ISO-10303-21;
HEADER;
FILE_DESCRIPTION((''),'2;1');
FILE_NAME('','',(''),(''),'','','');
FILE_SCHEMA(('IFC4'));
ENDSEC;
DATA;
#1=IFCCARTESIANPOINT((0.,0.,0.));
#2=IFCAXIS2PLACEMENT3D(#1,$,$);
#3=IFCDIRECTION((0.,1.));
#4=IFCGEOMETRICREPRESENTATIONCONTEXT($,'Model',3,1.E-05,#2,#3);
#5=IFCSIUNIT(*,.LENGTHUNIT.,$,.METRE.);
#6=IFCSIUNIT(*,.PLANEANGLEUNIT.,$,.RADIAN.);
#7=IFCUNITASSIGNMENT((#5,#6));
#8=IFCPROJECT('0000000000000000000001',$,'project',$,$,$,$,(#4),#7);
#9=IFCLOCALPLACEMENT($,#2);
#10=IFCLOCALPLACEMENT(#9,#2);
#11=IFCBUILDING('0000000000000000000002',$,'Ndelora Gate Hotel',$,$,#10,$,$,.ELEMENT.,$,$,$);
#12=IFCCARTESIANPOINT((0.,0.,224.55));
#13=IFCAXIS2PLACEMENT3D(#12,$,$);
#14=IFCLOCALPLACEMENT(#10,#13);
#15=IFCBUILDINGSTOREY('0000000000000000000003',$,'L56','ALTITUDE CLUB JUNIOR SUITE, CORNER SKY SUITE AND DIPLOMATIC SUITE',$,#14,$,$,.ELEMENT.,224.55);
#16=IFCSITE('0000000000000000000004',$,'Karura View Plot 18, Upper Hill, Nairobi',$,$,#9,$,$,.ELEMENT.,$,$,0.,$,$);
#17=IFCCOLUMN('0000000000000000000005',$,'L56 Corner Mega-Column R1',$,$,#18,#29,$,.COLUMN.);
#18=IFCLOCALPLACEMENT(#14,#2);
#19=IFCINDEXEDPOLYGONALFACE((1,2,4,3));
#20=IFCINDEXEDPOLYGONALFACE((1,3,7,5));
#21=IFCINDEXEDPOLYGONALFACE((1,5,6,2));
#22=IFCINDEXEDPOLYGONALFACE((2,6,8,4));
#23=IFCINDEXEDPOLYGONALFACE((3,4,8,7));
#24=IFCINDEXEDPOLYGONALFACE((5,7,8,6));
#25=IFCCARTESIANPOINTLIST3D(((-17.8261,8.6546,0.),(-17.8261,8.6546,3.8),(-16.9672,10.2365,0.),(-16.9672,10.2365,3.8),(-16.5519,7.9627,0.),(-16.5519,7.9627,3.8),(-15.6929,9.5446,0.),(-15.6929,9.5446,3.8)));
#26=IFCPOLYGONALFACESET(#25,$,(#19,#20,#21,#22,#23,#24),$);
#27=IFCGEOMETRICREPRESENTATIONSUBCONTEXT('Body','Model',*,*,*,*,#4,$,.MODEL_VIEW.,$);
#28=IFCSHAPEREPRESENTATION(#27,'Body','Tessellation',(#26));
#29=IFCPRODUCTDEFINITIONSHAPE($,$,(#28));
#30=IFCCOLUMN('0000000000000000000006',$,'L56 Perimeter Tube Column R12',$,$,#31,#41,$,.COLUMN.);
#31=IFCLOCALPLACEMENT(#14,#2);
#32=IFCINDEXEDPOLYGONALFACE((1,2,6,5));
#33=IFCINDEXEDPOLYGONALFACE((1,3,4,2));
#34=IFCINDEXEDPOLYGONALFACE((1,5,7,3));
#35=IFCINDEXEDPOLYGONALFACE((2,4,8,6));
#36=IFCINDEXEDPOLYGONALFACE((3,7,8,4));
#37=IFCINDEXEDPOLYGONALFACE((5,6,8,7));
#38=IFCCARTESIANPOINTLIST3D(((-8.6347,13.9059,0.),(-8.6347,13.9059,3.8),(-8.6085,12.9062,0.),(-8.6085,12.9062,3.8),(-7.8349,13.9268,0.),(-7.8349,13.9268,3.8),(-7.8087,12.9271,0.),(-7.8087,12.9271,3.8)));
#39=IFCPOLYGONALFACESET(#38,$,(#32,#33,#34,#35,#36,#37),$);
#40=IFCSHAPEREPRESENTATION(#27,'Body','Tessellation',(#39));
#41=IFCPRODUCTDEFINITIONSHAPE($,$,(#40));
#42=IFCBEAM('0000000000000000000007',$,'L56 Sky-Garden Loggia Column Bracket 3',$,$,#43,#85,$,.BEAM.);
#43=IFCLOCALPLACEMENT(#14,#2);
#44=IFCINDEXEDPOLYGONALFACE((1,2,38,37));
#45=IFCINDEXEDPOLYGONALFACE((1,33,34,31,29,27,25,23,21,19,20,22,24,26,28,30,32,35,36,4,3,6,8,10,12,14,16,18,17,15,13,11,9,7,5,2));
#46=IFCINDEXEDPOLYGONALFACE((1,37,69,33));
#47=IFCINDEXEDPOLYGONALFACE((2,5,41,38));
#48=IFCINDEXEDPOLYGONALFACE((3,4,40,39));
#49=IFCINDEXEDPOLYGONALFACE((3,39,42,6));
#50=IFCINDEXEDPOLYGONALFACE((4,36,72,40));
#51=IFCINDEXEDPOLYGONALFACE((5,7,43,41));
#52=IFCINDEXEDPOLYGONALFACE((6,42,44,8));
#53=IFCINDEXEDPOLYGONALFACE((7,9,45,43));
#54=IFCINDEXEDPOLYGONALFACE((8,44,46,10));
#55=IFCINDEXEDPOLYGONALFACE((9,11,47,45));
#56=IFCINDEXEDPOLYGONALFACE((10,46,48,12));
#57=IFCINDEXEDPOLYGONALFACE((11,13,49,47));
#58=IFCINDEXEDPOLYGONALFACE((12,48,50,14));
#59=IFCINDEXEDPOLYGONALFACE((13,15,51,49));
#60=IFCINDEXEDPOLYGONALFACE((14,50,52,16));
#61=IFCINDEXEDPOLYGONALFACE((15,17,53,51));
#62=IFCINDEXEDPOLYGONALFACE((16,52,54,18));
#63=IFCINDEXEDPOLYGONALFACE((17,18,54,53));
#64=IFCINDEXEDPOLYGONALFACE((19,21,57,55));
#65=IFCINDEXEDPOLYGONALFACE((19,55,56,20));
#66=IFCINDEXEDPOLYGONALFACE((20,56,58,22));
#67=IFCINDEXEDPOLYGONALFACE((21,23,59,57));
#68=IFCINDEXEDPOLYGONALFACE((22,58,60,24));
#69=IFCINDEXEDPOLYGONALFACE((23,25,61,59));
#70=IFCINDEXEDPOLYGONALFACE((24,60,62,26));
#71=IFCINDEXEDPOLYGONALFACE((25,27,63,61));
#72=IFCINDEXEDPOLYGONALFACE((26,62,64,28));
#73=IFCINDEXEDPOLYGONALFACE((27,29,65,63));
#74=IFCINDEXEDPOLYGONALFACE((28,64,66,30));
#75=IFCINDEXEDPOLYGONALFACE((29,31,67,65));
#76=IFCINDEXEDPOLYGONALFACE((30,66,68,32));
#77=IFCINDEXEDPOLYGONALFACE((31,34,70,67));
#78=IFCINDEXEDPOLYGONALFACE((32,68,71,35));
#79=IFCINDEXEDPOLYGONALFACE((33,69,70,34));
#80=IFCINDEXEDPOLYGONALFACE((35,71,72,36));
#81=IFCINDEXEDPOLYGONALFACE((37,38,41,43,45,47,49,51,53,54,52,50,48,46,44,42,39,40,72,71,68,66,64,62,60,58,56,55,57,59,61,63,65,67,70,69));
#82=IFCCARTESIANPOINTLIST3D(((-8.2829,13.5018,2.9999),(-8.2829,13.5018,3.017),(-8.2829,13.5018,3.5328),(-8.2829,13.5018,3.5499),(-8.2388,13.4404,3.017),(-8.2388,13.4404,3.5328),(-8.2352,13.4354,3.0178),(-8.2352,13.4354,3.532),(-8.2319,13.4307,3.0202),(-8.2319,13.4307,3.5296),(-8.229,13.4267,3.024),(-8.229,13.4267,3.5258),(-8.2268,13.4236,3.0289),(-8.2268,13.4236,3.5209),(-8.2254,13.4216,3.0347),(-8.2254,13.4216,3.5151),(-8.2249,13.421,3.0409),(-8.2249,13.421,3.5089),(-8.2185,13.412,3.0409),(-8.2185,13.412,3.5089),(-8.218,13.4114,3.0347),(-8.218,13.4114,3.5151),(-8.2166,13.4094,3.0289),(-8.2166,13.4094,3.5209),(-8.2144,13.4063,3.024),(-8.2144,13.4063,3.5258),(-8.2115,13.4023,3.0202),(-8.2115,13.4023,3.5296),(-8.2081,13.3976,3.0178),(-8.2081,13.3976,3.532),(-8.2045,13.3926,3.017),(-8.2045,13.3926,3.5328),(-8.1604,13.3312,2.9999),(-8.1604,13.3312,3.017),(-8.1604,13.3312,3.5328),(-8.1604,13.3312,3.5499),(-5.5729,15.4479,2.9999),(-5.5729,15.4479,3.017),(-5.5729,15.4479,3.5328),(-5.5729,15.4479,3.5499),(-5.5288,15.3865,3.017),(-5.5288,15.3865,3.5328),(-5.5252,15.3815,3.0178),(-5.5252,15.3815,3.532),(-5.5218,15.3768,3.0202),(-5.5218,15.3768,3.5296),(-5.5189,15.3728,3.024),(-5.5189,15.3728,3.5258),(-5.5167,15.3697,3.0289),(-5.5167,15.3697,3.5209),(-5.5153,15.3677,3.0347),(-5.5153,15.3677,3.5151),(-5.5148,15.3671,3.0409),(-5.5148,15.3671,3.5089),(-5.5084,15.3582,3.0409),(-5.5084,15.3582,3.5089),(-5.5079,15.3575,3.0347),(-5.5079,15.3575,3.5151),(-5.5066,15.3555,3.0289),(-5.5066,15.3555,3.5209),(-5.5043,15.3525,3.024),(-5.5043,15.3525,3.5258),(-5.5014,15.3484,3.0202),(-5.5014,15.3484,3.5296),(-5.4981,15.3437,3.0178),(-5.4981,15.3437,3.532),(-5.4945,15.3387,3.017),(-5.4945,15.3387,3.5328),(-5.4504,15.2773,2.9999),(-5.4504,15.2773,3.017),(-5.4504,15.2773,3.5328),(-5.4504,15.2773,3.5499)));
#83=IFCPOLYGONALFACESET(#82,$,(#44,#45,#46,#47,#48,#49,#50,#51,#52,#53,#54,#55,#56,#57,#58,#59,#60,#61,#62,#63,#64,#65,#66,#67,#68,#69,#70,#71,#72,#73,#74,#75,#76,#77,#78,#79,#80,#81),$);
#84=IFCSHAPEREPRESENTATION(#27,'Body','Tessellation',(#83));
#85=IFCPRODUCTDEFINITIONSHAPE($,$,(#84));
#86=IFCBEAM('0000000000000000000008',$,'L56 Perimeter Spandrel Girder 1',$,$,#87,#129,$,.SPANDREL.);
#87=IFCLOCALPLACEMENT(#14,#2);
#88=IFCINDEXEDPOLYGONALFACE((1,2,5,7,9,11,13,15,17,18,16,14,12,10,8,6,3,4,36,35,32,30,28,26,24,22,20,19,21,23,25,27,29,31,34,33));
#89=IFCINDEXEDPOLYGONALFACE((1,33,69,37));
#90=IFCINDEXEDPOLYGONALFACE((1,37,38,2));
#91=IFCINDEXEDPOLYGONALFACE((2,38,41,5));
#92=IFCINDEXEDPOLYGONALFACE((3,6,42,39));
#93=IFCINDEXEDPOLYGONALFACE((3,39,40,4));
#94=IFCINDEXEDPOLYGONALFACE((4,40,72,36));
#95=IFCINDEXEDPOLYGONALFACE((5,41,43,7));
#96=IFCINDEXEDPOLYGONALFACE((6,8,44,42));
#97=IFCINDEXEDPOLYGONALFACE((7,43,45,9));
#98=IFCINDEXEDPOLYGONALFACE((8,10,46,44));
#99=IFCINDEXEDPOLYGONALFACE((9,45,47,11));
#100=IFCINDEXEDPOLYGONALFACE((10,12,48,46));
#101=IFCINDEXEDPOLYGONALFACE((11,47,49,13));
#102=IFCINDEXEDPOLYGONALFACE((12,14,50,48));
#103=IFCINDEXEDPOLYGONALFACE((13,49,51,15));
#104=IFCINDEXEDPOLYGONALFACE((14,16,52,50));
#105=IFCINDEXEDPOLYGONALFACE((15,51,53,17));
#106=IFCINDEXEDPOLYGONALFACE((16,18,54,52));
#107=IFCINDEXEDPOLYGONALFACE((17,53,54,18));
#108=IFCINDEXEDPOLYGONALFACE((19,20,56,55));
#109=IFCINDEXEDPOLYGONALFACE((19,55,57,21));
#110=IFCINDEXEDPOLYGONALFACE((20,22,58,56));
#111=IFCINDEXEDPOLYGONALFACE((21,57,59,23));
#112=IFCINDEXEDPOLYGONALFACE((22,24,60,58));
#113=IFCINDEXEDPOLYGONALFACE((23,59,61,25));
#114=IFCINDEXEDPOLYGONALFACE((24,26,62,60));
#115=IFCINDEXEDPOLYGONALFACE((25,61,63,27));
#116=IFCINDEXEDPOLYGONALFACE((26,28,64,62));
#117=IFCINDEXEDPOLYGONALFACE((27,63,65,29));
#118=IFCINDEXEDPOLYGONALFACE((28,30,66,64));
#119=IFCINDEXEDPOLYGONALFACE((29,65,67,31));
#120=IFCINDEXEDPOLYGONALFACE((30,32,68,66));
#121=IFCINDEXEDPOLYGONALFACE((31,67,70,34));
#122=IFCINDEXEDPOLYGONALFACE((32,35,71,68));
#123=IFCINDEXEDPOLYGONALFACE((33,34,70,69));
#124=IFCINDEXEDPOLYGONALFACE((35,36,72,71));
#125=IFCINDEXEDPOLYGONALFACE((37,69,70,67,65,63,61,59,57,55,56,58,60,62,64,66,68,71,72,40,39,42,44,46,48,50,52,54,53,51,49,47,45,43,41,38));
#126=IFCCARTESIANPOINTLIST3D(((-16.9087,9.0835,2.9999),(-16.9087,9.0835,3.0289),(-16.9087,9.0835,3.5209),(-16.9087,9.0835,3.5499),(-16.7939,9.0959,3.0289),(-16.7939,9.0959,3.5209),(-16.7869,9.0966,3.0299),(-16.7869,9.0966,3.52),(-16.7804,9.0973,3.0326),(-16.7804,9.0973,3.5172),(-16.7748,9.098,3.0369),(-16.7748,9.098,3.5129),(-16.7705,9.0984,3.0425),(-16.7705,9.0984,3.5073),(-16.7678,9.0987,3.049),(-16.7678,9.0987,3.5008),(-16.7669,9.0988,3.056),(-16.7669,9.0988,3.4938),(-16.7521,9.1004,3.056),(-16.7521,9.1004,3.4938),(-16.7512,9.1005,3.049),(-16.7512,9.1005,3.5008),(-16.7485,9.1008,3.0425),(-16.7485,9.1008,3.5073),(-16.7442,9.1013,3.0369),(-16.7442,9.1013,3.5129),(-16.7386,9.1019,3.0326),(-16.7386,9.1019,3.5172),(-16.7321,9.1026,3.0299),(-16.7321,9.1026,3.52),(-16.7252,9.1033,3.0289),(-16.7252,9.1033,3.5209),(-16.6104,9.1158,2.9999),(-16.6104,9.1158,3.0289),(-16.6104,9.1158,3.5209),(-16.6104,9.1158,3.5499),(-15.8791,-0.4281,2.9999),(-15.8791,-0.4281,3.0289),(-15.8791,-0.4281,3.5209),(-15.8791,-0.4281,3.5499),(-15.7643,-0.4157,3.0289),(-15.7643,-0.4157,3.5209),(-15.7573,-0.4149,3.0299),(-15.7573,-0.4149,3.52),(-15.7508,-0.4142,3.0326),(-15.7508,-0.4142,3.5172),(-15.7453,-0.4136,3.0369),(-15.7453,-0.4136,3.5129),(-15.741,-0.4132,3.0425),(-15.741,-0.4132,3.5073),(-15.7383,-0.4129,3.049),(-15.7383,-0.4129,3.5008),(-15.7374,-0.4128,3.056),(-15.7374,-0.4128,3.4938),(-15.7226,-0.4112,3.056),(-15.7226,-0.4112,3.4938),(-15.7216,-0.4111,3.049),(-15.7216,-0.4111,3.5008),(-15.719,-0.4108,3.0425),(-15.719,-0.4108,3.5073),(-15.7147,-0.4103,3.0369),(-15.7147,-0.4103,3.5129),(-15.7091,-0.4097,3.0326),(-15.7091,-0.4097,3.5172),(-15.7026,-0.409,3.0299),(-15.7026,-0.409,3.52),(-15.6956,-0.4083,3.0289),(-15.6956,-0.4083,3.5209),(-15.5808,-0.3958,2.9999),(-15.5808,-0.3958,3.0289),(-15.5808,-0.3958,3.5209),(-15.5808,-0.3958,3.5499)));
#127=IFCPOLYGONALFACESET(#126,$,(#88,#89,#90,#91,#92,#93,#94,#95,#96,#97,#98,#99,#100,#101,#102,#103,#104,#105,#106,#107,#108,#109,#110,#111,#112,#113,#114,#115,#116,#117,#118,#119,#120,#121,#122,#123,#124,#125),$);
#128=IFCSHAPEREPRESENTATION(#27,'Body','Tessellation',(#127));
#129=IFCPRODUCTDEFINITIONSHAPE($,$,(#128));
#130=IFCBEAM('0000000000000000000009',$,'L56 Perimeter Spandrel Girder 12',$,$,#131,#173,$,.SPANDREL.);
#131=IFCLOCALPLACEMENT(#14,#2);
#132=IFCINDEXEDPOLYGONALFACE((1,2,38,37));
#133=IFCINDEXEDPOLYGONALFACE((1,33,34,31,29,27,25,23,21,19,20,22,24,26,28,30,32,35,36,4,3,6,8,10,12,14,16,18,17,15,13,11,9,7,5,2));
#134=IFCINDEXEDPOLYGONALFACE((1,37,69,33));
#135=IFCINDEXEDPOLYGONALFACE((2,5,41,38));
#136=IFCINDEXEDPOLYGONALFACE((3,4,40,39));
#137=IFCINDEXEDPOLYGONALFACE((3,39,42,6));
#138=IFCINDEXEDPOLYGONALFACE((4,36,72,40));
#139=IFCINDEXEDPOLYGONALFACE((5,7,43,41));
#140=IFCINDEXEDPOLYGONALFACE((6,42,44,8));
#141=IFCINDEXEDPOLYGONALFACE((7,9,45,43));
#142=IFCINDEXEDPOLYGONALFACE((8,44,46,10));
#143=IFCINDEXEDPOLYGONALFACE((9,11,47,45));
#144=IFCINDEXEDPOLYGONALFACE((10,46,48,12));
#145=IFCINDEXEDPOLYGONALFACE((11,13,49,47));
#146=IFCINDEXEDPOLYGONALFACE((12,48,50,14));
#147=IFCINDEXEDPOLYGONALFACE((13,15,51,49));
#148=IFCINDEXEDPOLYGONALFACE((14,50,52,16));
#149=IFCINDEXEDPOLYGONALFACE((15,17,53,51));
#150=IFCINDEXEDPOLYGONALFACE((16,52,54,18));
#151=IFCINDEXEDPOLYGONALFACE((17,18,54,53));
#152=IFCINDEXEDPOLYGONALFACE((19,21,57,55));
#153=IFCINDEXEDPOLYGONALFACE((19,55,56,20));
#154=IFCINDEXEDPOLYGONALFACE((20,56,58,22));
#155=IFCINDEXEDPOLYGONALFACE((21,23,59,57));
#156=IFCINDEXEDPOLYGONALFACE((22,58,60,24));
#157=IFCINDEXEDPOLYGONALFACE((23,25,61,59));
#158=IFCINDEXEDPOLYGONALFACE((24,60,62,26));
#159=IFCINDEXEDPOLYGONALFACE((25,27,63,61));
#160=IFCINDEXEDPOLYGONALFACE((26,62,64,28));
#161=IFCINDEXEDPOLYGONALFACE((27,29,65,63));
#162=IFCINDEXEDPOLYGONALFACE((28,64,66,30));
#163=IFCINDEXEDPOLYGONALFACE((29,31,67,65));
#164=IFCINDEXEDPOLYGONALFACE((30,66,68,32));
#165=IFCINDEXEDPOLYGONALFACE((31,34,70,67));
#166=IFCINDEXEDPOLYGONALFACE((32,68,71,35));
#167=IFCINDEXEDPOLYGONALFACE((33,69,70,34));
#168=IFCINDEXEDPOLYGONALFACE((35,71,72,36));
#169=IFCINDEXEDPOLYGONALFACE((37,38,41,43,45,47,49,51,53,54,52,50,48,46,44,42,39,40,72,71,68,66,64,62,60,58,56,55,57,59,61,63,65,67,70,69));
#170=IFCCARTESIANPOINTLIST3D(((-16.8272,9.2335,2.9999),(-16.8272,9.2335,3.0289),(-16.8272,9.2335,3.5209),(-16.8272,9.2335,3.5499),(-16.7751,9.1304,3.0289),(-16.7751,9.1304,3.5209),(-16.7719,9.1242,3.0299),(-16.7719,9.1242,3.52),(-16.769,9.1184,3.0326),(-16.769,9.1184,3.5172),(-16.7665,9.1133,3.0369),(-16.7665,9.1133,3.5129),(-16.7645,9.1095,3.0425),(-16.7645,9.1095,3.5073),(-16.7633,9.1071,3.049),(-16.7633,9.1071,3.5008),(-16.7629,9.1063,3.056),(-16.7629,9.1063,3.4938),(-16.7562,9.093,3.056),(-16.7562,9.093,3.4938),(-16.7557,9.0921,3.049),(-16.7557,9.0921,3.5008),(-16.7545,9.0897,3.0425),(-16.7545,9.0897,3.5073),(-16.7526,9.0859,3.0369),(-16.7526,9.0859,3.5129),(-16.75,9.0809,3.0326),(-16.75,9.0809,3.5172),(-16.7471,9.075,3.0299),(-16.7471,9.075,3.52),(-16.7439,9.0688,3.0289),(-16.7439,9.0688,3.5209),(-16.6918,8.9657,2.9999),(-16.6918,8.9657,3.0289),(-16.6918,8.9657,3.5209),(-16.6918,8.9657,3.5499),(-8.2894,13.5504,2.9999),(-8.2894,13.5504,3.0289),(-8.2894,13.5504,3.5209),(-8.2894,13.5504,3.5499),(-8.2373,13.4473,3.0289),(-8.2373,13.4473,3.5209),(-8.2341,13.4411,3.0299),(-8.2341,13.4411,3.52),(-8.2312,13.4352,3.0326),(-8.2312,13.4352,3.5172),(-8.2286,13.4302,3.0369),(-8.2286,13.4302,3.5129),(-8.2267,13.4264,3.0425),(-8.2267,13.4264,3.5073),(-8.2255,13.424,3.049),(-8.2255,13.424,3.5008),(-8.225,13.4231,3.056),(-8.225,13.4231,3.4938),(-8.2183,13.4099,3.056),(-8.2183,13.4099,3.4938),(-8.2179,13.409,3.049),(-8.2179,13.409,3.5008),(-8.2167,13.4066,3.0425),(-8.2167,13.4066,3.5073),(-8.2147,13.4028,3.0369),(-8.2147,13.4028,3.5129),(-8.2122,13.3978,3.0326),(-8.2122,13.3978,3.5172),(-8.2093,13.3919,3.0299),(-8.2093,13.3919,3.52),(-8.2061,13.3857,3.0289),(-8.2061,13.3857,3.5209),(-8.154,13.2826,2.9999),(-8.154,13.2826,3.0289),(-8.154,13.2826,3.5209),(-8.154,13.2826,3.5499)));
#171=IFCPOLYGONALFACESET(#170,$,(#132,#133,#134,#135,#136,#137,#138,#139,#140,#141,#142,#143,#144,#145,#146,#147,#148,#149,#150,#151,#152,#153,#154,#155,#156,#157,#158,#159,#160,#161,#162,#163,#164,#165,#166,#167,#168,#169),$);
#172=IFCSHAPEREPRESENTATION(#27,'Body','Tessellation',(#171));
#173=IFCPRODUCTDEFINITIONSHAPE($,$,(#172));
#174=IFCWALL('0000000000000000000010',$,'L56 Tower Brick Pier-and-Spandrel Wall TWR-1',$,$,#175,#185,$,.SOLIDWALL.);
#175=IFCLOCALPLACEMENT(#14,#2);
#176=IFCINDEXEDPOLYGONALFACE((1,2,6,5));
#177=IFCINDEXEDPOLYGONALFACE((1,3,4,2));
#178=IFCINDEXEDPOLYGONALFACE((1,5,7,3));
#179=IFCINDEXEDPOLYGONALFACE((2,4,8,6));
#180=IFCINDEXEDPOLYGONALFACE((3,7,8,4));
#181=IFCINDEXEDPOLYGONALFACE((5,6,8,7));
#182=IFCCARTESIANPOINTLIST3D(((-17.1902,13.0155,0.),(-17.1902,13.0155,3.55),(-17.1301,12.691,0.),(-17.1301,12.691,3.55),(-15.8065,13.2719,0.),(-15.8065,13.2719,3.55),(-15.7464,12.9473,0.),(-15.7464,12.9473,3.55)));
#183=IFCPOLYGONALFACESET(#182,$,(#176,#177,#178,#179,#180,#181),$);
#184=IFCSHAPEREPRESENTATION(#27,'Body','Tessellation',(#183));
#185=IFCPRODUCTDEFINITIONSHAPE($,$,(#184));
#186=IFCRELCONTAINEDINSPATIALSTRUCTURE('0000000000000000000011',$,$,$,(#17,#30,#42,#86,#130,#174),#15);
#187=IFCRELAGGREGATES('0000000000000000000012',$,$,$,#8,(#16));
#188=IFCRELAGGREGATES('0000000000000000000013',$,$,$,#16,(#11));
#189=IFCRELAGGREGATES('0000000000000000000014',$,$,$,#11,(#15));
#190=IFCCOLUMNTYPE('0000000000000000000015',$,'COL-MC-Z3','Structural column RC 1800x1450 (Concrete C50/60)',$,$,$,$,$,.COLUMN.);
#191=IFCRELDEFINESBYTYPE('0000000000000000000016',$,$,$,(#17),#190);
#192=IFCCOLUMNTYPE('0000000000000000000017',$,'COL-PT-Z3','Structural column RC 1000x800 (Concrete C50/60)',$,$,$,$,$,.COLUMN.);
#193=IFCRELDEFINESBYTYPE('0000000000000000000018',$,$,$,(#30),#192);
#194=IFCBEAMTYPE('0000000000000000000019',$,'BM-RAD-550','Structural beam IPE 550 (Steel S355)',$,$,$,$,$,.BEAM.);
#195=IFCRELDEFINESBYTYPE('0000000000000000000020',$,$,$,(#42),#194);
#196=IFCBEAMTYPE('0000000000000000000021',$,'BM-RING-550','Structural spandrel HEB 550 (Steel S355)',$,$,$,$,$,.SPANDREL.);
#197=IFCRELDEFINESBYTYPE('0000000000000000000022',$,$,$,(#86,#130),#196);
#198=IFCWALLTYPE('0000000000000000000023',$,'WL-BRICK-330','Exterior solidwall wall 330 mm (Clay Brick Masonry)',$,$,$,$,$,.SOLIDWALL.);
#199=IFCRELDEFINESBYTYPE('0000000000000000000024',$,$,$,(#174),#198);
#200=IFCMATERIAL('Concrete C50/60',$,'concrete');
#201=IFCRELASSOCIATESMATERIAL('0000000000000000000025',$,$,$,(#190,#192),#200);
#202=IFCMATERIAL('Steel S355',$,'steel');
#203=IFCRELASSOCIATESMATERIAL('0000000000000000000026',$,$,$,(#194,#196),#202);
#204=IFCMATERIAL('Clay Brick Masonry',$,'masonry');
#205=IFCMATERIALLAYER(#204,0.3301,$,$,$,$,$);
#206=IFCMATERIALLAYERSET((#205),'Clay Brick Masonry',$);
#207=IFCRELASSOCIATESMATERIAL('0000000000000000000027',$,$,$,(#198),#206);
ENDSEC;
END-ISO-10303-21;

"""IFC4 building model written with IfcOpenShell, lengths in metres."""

from ifc_helpers import new_model, si_unit, direction, frame, frame_2d, origin, origin_2d, place, context, subcontext, project, spatial, rectangle, i_section, extrude, material, layer, layer_set, material_profile, profile_set, type_object, element, save


model = new_model("IFC4")

# Units and contexts
model_context = context("Model", 3, precision=1e-05, world=origin(), true_north=direction((0.0, 1.0)))
body_context = subcontext(model_context, "Body", "Model", "MODEL_VIEW")
ifc_project = project(units=[si_unit("LENGTHUNIT", "METRE"), si_unit("PLANEANGLEUNIT", "RADIAN")], contexts=[model_context])

# Site, building, storey
site_placement = place(None, origin())
site = spatial("IfcSite", under=ifc_project, at=site_placement, Name="Karura View Plot 18, Upper Hill, Nairobi", CompositionType="ELEMENT", RefElevation=0.0)
building_placement = place(site_placement, origin())
building = spatial("IfcBuilding", under=site, at=building_placement, Name="Ndelora Gate Hotel", CompositionType="ELEMENT")
storey_placement = place(building_placement, frame((0.0, 0.0, 224.55)))
storey = spatial("IfcBuildingStorey", under=building, at=storey_placement, Name="L56", Description="ALTITUDE CLUB JUNIOR SUITE, CORNER SKY SUITE AND DIPLOMATIC SUITE", CompositionType="ELEMENT", Elevation=224.55)

# Columns
ifc_material_1 = material(Name="Concrete C50/60", Category="concrete")
ifc_material_profile_1 = material_profile(ifc_material_1, rectangle(XDim=1.45, YDim=1.8, at=origin_2d()), Name="RC 1800x1450")
ifc_profile_set_1 = profile_set([ifc_material_profile_1], Name="Concrete C50/60")
column_type_1 = type_object("IfcColumnType", Name="COL-MC-Z3", Description="Structural column RC 1800x1450 (Concrete C50/60)", PredefinedType="COLUMN", material=ifc_profile_set_1)
column_1_placement = place(storey_placement, frame((-16.7595, 9.0996, 0.0), z_axis=(0.0, 0.0, 1.0), x_axis=(-0.878817, 0.477159, 0.0)))
element("IfcColumn", 1, at=column_1_placement, inside=storey, type_object=column_type_1, Name="L56 Corner Mega-Column R1", PredefinedType="COLUMN", context=body_context, shape_type="SweptSolid", body=[
    extrude(rectangle(XDim=1.45, YDim=1.8, at=origin_2d()), origin(), (0.0, 0.0, 1.0), 3.8),
])
ifc_material_profile_2 = material_profile(ifc_material_1, rectangle(XDim=0.8, YDim=1.0, at=origin_2d()), Name="RC 1000x800")
ifc_profile_set_2 = profile_set([ifc_material_profile_2], Name="Concrete C50/60")
column_type_2 = type_object("IfcColumnType", Name="COL-PT-Z3", Description="Structural column RC 1000x800 (Concrete C50/60)", PredefinedType="COLUMN", material=ifc_profile_set_2)
column_2_placement = place(storey_placement, frame((-8.2217, 13.4165, 0.0), z_axis=(0.0, 0.0, 1.0), x_axis=(0.999657, 0.026177, 0.0)))
element("IfcColumn", 2, at=column_2_placement, inside=storey, type_object=column_type_2, Name="L56 Perimeter Tube Column R12", PredefinedType="COLUMN", context=body_context, shape_type="SweptSolid", body=[
    extrude(rectangle(XDim=0.8, YDim=1.0, at=origin_2d()), origin(), (0.0, 0.0, 1.0), 3.8),
])

# Beams
ifc_material_2 = material(Name="Steel S355", Category="steel")
ifc_material_profile_3 = material_profile(ifc_material_2, i_section(OverallWidth=0.21, OverallDepth=0.55, WebThickness=0.011, FlangeThickness=0.0171, FilletRadius=0.0239, at=origin_2d()), Name="IPE 550")
ifc_profile_set_3 = profile_set([ifc_material_profile_3], Name="Steel S355")
beam_type_1 = type_object("IfcBeamType", Name="BM-RAD-550", Description="Structural beam IPE 550 (Steel S355)", PredefinedType="BEAM", material=ifc_profile_set_3)
beam_placement = place(storey_placement, frame((-8.2217, 13.4165, 3.2749), z_axis=(0.812262, 0.583292, 0.0), x_axis=(-0.583292, 0.812262, 0.0)))
element("IfcBeam", 3, at=beam_placement, inside=storey, type_object=beam_type_1, Name="L56 Sky-Garden Loggia Column Bracket 3", PredefinedType="BEAM", context=body_context, shape_type="SweptSolid", body=[
    extrude(i_section(OverallWidth=0.21, OverallDepth=0.55, WebThickness=0.011, FlangeThickness=0.0171, FilletRadius=0.0239, at=origin_2d()), origin(), (0.0, 0.0, 1.0), 3.3364),
])
ifc_material_profile_4 = material_profile(ifc_material_2, i_section(OverallWidth=0.3, OverallDepth=0.55, WebThickness=0.0149, FlangeThickness=0.0291, FilletRadius=0.0271, at=origin_2d()), Name="HEB 550")
ifc_profile_set_4 = profile_set([ifc_material_profile_4], Name="Steel S355")
beam_type_2 = type_object("IfcBeamType", Name="BM-RING-550", Description="Structural spandrel HEB 550 (Steel S355)", PredefinedType="SPANDREL", material=ifc_profile_set_4)
for number, where, z_axis, x_axis, name in (
    (4, (-16.7595, 9.0996, 3.2749), (0.107613, -0.994193, 0.0), (0.994193, 0.107613, 0.0), "L56 Perimeter Spandrel Girder 1"),
    (5, (-8.2217, 13.4165, 3.2749), (-0.892412, -0.451221, 0.0), (0.451221, -0.892412, 0.0), "L56 Perimeter Spandrel Girder 12"),
):
    element("IfcBeam", number, at=place(storey_placement, frame(where, z_axis=z_axis, x_axis=x_axis)), inside=storey, type_object=beam_type_2, Name=name, PredefinedType="SPANDREL", context=body_context, shape_type="SweptSolid", body=[
        extrude(i_section(OverallWidth=0.3, OverallDepth=0.55, WebThickness=0.0149, FlangeThickness=0.0291, FilletRadius=0.0271, at=origin_2d()), origin(), (0.0, 0.0, 1.0), 9.5671),
    ])

# Wall
ifc_material_3 = material(Name="Clay Brick Masonry", Category="masonry")
ifc_layer_1 = layer(ifc_material_3, 0.3301)
ifc_layer_set_1 = layer_set([ifc_layer_1], Name="Clay Brick Masonry")
wall_type_1 = type_object("IfcWallType", Name="WL-BRICK-330", Description="Exterior solidwall wall 330 mm (Clay Brick Masonry)", PredefinedType="SOLIDWALL", material=ifc_layer_set_1)
wall_1_placement = place(storey_placement, frame((-17.1602, 12.8533, 0.0), z_axis=(0.0, 0.0, 1.0), x_axis=(0.98327, 0.182151, 0.0)))
element("IfcWall", 6, at=wall_1_placement, inside=storey, type_object=wall_type_1, Name="L56 Tower Brick Pier-and-Spandrel Wall TWR-1", PredefinedType="SOLIDWALL", context=body_context, shape_type="SweptSolid", body=[
    extrude(rectangle(XDim=1.4072, YDim=0.3301, at=frame_2d((0.7036, 0.0))), origin(), (0.0, 0.0, 1.0), 3.55),
])

save(model, "model.ifc")
